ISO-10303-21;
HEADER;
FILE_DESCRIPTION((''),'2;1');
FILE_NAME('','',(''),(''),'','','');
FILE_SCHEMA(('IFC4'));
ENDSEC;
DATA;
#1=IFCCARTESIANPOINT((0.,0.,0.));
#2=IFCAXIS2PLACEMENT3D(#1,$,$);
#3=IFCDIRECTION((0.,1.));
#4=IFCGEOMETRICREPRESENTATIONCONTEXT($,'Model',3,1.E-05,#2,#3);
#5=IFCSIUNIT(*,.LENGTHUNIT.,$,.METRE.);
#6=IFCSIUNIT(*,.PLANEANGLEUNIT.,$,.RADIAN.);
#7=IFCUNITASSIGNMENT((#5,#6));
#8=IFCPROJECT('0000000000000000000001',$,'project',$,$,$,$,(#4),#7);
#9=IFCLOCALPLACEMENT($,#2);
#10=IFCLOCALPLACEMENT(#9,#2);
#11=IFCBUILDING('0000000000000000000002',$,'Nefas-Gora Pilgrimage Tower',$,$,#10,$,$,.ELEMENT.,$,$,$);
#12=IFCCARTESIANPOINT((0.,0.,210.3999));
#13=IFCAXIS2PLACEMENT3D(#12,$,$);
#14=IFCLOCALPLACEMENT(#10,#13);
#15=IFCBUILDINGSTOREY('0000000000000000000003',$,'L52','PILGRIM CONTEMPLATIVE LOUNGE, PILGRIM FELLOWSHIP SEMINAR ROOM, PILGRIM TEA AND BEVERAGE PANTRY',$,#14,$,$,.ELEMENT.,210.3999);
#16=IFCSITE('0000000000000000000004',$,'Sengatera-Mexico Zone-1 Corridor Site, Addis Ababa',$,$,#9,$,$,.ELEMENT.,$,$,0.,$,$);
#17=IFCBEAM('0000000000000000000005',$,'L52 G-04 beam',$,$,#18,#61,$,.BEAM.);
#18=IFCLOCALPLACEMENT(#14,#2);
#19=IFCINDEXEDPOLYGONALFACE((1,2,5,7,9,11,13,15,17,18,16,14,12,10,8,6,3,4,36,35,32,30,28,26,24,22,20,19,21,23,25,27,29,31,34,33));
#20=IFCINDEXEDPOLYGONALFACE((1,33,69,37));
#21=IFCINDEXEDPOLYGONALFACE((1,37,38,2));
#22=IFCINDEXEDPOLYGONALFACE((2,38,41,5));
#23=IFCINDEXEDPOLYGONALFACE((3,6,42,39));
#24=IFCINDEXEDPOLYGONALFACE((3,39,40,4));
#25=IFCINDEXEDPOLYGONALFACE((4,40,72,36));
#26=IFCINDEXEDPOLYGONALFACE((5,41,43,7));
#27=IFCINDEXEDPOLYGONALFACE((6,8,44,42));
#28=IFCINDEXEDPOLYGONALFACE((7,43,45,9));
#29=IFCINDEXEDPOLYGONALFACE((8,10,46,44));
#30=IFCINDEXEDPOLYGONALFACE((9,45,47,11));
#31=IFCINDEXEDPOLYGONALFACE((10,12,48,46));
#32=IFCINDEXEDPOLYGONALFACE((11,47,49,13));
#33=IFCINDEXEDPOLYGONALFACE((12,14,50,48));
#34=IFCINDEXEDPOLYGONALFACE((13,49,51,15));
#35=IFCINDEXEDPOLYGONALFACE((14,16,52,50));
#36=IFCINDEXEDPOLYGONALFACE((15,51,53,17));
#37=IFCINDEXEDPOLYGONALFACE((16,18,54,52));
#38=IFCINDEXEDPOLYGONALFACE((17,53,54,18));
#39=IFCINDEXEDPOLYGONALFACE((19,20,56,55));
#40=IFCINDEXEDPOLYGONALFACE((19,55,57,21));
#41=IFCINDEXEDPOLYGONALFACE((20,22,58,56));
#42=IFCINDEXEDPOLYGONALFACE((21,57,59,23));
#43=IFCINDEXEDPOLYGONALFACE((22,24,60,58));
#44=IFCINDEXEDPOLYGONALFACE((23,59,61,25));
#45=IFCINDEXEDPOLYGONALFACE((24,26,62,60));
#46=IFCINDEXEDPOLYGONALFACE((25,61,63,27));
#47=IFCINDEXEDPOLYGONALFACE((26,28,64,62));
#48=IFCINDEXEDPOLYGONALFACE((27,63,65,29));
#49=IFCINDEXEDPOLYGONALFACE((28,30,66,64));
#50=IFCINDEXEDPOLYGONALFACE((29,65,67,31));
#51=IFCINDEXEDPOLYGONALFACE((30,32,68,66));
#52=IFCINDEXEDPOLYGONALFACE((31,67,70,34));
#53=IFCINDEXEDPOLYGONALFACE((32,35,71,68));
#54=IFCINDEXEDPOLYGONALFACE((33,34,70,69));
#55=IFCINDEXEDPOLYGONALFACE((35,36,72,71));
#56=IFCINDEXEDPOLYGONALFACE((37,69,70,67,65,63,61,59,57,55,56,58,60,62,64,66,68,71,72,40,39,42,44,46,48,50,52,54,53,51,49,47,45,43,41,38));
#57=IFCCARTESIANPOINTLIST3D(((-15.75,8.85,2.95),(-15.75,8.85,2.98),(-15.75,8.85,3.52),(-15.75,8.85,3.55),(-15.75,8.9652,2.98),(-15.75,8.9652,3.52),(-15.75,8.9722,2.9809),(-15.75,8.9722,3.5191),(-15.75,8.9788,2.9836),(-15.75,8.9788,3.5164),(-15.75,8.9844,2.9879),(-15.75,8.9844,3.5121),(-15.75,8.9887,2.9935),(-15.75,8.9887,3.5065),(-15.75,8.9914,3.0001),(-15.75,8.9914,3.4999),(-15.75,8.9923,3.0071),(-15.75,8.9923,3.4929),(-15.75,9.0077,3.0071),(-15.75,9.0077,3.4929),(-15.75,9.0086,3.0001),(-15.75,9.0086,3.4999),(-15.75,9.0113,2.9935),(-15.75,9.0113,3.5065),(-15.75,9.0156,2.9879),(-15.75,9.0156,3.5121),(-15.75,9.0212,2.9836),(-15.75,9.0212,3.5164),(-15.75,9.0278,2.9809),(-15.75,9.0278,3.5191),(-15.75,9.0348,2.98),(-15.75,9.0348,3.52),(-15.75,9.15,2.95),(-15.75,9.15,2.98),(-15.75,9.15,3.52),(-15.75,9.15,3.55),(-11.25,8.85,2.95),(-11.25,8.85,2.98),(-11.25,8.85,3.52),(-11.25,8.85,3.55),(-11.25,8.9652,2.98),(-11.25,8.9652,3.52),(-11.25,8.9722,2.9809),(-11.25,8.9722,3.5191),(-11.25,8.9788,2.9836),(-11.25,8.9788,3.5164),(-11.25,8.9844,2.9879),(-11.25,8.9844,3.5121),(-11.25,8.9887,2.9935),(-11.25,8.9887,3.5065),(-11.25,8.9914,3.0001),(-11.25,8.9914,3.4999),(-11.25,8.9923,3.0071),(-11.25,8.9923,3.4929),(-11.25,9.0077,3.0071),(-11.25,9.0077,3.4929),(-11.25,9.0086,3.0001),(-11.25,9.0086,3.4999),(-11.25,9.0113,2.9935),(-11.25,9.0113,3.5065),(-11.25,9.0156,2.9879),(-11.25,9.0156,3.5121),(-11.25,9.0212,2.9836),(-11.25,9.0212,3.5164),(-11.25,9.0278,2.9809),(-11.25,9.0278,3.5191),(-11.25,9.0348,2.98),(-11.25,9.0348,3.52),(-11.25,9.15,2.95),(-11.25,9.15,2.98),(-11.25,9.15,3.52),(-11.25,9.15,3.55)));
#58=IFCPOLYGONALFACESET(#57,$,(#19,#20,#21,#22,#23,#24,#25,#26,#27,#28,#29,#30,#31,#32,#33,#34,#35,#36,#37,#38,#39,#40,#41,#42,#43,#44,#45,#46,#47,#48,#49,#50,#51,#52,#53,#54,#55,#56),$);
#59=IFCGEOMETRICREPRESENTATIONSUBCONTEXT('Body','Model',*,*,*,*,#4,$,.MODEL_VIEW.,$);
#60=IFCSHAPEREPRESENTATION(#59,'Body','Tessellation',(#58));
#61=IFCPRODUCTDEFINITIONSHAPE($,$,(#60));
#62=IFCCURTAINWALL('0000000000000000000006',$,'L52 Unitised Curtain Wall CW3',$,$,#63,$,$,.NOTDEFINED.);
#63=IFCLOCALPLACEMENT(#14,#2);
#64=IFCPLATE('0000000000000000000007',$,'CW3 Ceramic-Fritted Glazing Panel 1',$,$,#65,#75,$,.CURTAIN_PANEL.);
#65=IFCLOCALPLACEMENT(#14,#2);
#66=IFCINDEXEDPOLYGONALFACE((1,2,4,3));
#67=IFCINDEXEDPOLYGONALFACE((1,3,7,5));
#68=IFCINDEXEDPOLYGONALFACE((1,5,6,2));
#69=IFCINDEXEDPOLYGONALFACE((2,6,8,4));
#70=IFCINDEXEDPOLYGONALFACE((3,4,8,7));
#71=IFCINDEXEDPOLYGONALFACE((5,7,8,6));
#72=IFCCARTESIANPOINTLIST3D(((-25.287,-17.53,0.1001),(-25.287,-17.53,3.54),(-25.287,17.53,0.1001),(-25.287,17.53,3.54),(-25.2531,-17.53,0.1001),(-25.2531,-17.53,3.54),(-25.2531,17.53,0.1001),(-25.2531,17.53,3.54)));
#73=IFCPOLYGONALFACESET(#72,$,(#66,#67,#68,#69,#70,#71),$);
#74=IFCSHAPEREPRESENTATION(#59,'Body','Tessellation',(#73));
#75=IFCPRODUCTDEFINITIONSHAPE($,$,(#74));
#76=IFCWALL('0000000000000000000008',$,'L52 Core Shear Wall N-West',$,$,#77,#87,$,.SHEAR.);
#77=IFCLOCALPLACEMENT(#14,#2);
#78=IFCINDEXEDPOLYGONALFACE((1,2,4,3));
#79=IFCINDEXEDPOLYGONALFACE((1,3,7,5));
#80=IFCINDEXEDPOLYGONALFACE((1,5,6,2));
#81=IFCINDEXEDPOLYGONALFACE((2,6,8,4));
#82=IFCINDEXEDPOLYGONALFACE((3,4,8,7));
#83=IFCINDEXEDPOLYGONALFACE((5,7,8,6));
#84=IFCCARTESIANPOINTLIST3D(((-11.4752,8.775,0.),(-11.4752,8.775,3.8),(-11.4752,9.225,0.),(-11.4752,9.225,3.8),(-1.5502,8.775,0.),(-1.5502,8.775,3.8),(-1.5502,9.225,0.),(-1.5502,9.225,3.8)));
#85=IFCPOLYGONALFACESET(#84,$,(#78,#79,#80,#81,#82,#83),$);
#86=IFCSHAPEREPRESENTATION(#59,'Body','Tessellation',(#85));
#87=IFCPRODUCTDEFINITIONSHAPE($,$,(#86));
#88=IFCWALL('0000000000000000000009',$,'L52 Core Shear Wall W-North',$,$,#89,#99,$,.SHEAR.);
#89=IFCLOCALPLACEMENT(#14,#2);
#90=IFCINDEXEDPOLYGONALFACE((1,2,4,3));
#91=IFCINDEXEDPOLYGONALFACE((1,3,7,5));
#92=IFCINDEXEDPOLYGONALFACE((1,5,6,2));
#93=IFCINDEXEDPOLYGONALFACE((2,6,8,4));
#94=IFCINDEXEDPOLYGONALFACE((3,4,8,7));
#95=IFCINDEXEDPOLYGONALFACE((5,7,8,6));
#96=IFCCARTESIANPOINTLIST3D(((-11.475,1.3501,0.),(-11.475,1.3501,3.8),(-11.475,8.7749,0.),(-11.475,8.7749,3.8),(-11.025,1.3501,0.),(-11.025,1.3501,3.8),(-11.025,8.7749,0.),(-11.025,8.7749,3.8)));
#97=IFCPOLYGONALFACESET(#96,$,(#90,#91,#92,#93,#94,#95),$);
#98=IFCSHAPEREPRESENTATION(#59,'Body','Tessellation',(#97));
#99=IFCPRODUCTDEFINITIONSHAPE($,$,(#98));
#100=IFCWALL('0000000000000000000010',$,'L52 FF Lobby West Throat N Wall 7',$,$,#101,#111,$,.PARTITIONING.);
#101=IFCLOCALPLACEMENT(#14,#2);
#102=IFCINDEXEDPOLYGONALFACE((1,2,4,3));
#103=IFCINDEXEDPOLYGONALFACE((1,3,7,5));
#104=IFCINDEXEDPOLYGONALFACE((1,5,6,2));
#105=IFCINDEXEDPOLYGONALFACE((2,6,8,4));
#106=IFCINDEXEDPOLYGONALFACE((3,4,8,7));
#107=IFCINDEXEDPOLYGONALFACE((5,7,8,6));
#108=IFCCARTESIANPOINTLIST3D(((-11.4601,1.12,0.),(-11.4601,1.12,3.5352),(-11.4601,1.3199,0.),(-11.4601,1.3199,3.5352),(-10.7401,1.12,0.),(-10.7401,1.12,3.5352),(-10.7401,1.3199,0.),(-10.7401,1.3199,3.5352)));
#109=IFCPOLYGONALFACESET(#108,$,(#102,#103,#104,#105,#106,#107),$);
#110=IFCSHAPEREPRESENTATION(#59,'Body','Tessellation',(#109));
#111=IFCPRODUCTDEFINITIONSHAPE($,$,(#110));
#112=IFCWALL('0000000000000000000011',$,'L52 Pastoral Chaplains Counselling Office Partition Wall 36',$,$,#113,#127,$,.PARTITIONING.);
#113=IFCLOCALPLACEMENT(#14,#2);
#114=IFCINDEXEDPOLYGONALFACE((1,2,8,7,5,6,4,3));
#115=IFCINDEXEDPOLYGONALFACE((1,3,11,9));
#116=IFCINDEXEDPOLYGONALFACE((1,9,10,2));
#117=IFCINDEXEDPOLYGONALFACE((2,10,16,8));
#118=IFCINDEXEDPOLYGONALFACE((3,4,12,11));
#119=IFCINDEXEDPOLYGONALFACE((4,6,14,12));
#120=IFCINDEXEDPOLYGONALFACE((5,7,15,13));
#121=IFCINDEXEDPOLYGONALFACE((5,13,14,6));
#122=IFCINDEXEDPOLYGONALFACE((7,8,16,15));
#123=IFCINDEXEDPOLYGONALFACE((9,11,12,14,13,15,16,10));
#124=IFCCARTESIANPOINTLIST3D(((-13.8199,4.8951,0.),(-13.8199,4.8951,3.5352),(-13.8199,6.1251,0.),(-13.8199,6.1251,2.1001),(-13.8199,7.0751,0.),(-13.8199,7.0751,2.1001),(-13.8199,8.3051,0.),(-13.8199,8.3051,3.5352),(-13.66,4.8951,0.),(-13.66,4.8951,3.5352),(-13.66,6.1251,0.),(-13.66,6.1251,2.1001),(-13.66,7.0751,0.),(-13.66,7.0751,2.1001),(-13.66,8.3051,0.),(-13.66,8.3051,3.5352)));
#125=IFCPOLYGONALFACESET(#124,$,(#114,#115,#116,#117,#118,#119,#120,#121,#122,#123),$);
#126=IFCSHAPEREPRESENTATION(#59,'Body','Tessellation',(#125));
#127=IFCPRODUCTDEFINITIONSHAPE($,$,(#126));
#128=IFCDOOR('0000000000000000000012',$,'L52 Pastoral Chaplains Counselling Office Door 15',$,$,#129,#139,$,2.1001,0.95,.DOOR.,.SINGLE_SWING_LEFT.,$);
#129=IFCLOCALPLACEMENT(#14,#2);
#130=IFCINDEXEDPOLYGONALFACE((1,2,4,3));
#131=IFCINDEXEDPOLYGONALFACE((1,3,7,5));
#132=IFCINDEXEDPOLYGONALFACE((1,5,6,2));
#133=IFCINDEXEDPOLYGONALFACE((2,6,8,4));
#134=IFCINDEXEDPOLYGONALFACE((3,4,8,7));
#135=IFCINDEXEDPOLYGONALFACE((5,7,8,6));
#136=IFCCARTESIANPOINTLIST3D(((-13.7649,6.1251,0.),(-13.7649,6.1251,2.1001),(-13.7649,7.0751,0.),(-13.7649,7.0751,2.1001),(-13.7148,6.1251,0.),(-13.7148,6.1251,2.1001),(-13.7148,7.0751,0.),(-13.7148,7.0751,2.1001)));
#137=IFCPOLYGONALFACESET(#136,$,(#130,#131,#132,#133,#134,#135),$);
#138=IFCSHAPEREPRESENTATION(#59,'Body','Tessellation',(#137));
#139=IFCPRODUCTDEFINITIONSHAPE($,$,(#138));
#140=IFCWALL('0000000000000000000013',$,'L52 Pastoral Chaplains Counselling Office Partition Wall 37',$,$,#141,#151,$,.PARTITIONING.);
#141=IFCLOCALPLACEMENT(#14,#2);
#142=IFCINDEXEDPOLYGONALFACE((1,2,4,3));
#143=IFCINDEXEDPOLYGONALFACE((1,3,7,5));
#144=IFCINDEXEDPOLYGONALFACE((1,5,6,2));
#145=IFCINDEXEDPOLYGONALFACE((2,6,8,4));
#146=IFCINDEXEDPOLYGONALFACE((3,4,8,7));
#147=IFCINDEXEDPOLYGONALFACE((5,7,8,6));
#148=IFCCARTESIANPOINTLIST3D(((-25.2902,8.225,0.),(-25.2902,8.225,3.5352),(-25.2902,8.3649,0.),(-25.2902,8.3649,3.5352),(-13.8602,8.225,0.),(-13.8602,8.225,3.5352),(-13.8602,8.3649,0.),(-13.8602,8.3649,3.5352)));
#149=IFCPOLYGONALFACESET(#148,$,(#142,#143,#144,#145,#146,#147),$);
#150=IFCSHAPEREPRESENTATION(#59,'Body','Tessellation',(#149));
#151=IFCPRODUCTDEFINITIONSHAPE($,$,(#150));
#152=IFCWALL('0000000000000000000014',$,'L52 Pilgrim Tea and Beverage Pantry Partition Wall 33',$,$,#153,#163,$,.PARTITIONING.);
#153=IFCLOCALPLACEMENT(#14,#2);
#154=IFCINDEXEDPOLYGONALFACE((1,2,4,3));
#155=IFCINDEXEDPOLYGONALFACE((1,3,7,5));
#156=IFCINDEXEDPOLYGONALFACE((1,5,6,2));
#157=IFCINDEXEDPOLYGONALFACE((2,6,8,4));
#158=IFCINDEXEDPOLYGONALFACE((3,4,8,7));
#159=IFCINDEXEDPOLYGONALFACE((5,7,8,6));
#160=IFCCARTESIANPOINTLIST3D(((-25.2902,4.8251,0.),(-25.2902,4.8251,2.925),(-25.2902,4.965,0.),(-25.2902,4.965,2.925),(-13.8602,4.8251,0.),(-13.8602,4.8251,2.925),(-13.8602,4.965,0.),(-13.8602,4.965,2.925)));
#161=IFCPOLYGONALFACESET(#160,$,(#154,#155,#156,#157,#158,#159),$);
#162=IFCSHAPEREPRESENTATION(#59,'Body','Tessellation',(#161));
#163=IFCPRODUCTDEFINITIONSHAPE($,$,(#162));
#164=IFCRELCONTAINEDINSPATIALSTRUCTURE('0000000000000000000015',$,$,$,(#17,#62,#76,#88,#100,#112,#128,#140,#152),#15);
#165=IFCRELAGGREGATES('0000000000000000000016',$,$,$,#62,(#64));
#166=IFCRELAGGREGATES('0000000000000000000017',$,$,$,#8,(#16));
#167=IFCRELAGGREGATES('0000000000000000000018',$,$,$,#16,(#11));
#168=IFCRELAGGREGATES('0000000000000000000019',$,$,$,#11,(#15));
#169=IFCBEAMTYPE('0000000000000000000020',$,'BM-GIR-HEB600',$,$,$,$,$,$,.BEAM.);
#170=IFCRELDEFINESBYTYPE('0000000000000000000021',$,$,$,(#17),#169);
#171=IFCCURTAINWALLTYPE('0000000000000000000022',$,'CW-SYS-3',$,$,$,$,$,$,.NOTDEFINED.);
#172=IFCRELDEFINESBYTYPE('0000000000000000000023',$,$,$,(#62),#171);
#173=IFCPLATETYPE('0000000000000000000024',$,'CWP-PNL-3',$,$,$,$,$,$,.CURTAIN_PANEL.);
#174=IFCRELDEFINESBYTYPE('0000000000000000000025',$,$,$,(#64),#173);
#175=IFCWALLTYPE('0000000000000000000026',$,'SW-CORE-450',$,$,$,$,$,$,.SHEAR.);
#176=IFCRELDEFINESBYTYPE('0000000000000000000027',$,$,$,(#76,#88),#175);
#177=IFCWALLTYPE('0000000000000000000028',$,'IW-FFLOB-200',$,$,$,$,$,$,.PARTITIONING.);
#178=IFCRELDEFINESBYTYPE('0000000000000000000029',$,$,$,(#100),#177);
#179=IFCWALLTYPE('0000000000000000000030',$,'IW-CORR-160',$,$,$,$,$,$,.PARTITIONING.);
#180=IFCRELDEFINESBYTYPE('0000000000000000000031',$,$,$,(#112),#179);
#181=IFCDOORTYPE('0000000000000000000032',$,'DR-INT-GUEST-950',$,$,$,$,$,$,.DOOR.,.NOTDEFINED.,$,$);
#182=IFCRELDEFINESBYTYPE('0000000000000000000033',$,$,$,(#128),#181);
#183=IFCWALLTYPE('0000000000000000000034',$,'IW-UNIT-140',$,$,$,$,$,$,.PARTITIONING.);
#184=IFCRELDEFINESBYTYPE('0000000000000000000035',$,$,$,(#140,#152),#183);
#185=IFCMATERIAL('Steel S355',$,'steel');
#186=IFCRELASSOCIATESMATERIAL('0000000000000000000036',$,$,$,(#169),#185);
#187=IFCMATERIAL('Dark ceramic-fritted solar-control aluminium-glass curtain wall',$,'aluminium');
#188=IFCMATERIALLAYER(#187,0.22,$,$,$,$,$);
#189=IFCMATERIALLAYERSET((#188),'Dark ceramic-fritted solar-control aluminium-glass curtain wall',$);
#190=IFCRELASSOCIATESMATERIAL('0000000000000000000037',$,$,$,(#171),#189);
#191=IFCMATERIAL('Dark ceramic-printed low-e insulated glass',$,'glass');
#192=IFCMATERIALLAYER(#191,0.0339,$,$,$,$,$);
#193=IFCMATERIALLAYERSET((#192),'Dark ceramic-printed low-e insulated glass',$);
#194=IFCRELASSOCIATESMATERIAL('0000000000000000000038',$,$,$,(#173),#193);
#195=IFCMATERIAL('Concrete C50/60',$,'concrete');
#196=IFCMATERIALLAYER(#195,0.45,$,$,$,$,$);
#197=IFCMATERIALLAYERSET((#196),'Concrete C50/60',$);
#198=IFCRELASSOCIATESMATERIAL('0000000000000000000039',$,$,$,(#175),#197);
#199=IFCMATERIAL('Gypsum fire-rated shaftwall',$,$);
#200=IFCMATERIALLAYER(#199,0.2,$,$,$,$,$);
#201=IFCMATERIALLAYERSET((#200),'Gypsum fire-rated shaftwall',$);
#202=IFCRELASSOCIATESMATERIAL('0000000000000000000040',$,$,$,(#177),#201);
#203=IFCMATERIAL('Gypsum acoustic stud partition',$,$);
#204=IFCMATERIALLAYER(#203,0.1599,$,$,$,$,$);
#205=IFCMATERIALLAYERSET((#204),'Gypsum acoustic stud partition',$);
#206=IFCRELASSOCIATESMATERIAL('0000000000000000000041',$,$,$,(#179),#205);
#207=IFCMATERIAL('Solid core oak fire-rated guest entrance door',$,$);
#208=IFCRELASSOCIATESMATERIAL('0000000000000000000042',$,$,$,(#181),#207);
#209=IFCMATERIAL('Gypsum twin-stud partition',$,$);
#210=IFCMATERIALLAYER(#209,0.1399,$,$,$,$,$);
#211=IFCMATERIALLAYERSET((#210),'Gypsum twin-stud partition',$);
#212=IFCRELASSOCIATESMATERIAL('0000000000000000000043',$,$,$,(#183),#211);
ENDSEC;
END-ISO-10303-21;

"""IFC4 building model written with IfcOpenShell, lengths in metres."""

from ifc_helpers import new_model, si_unit, direction, frame, frame_2d, origin, origin_2d, place, context, subcontext, project, spatial, rectangle, i_section, extrude, source, transform, mapped, material, layer, layer_set, material_profile, profile_set, type_object, element, fill, aggregate, save


model = new_model("IFC4")

# Units and contexts
model_context = context("Model", 3, precision=1e-05, world=origin(), true_north=direction((0.0, 1.0)))
body_context = subcontext(model_context, "Body", "Model", "MODEL_VIEW")
ifc_project = project(units=[si_unit("LENGTHUNIT", "METRE"), si_unit("PLANEANGLEUNIT", "RADIAN")], contexts=[model_context])

# Site, building, storey
site_placement = place(None, origin())
site = spatial("IfcSite", under=ifc_project, at=site_placement, Name="Sengatera-Mexico Zone-1 Corridor Site, Addis Ababa", CompositionType="ELEMENT", RefElevation=0.0)
building_placement = place(site_placement, origin())
building = spatial("IfcBuilding", under=site, at=building_placement, Name="Nefas-Gora Pilgrimage Tower", CompositionType="ELEMENT")
storey_placement = place(building_placement, frame((0.0, 0.0, 210.3999)))
storey = spatial("IfcBuildingStorey", under=building, at=storey_placement, Name="L52", Description="PILGRIM CONTEMPLATIVE LOUNGE, PILGRIM FELLOWSHIP SEMINAR ROOM, PILGRIM TEA AND BEVERAGE PANTRY", CompositionType="ELEMENT", Elevation=210.3999)

# Beam
ifc_material_1 = material(Name="Steel S355", Category="steel")
ifc_material_profile_1 = material_profile(ifc_material_1, i_section(OverallWidth=0.3, OverallDepth=0.6001, WebThickness=0.0154, FlangeThickness=0.03, FilletRadius=0.0271, at=origin_2d()), Name="HEB 600")
ifc_profile_set_1 = profile_set([ifc_material_profile_1], Name="Steel S355")
beam_type_1 = type_object("IfcBeamType", Name="BM-GIR-HEB600", PredefinedType="BEAM", material=ifc_profile_set_1)
shared_shape_1 = source(origin(), body_context, "Body", "SweptSolid", [
    extrude(i_section(OverallWidth=0.3, OverallDepth=0.6001, WebThickness=0.0154, FlangeThickness=0.03, FilletRadius=0.0271, at=origin_2d()), origin(), (0.0, 0.0, 1.0), 4.5),
])
for number, where, z_axis, x_axis, name in (
    (1, (-15.75, 9.0, 3.25), (1.0, 0.0, 0.0), (0.0, 1.0, 0.0), "L52 G-04 beam"),
):
    element("IfcBeam", number, at=place(storey_placement, frame(where, z_axis=z_axis, x_axis=x_axis)), inside=storey, type_object=beam_type_1, Name=name, PredefinedType="BEAM", context=body_context, shape_type="MappedRepresentation", body=[
        mapped(shared_shape_1, transform((0.0, 0.0, 0.0), x_axis=(1.0, 0.0, 0.0), y_axis=(0.0, 1.0, 0.0), z_axis=(0.0, 0.0, 1.0), scale=1.0)),
    ])

# Curtain wall, plate
ifc_material_2 = material(Name="Dark ceramic-fritted solar-control aluminium-glass curtain wall", Category="aluminium")
ifc_layer_1 = layer(ifc_material_2, 0.22)
ifc_layer_set_1 = layer_set([ifc_layer_1], Name="Dark ceramic-fritted solar-control aluminium-glass curtain wall")
curtain_wall_type = type_object("IfcCurtainWallType", Name="CW-SYS-3", PredefinedType="NOTDEFINED", material=ifc_layer_set_1)
curtain_wall_placement = place(storey_placement, origin())
curtain_wall = element("IfcCurtainWall", 2, at=curtain_wall_placement, inside=storey, type_object=curtain_wall_type, Name="L52 Unitised Curtain Wall CW3", PredefinedType="NOTDEFINED")
ifc_material_3 = material(Name="Dark ceramic-printed low-e insulated glass", Category="glass")
ifc_layer_2 = layer(ifc_material_3, 0.0339)
ifc_layer_set_2 = layer_set([ifc_layer_2], Name="Dark ceramic-printed low-e insulated glass")
plate_type = type_object("IfcPlateType", Name="CWP-PNL-3", PredefinedType="CURTAIN_PANEL", material=ifc_layer_set_2)
shared_shape_2 = source(origin(), body_context, "Body", "SweptSolid", [
    extrude(rectangle(XDim=35.0601, YDim=0.0339, at=origin_2d()), origin(), (0.0, 0.0, 1.0), 3.4399),
])
plate_placement = place(storey_placement, frame((-25.27, 0.0, 0.1001), z_axis=(0.0, 0.0, 1.0), x_axis=(0.0, -1.0, 0.0)))
plate = element("IfcPlate", 3, at=plate_placement, type_object=plate_type, Name="CW3 Ceramic-Fritted Glazing Panel 1", PredefinedType="CURTAIN_PANEL", context=body_context, shape_type="MappedRepresentation", body=[
    mapped(shared_shape_2, transform((0.0, 0.0, 0.0), x_axis=(1.0, 0.0, 0.0), y_axis=(0.0, 1.0, 0.0), z_axis=(0.0, 0.0, 1.0), scale=1.0)),
])
aggregate(curtain_wall, [plate])

# Walls
ifc_material_4 = material(Name="Concrete C50/60", Category="concrete")
ifc_layer_3 = layer(ifc_material_4, 0.45)
ifc_layer_set_3 = layer_set([ifc_layer_3], Name="Concrete C50/60")
wall_type_1 = type_object("IfcWallType", Name="SW-CORE-450", PredefinedType="SHEAR", material=ifc_layer_set_3)
shared_shape_3 = source(origin(), body_context, "Body", "SweptSolid", [
    extrude(rectangle(XDim=9.925, YDim=0.45, at=frame_2d((4.9624, 0.0))), origin(), (0.0, 0.0, 1.0), 3.8),
])
wall_1_placement = place(storey_placement, frame((-11.4751, 9.0, 0.0), z_axis=(0.0, 0.0, 1.0), x_axis=(1.0, 0.0, 0.0)))
element("IfcWall", 4, at=wall_1_placement, inside=storey, type_object=wall_type_1, Name="L52 Core Shear Wall N-West", PredefinedType="SHEAR", context=body_context, shape_type="MappedRepresentation", body=[
    mapped(shared_shape_3, transform((0.0, 0.0, 0.0), x_axis=(1.0, 0.0, 0.0), y_axis=(0.0, 1.0, 0.0), z_axis=(0.0, 0.0, 1.0), scale=1.0)),
])
shared_shape_4 = source(origin(), body_context, "Body", "SweptSolid", [
    extrude(rectangle(XDim=7.4248, YDim=0.45, at=frame_2d((3.7124, 0.0))), origin(), (0.0, 0.0, 1.0), 3.8),
])
wall_2_placement = place(storey_placement, frame((-11.25, 1.3501, 0.0), z_axis=(0.0, 0.0, 1.0), x_axis=(0.0, 1.0, 0.0)))
element("IfcWall", 5, at=wall_2_placement, inside=storey, type_object=wall_type_1, Name="L52 Core Shear Wall W-North", PredefinedType="SHEAR", context=body_context, shape_type="MappedRepresentation", body=[
    mapped(shared_shape_4, transform((0.0, 0.0, 0.0), x_axis=(1.0, 0.0, 0.0), y_axis=(0.0, 1.0, 0.0), z_axis=(0.0, 0.0, 1.0), scale=1.0)),
])
ifc_material_5 = material(Name="Gypsum fire-rated shaftwall")
ifc_layer_4 = layer(ifc_material_5, 0.2)
ifc_layer_set_4 = layer_set([ifc_layer_4], Name="Gypsum fire-rated shaftwall")
wall_type_2 = type_object("IfcWallType", Name="IW-FFLOB-200", PredefinedType="PARTITIONING", material=ifc_layer_set_4)
shared_shape_5 = source(origin(), body_context, "Body", "SweptSolid", [
    extrude(rectangle(XDim=0.72, YDim=0.2, at=frame_2d((0.3599, 0.0))), origin(), (0.0, 0.0, 1.0), 3.5352),
])
wall_3_placement = place(storey_placement, frame((-11.46, 1.22, 0.0), z_axis=(0.0, 0.0, 1.0), x_axis=(1.0, 0.0, 0.0)))
element("IfcWall", 6, at=wall_3_placement, inside=storey, type_object=wall_type_2, Name="L52 FF Lobby West Throat N Wall 7", PredefinedType="PARTITIONING", context=body_context, shape_type="MappedRepresentation", body=[
    mapped(shared_shape_5, transform((0.0, 0.0, 0.0), x_axis=(1.0, 0.0, 0.0), y_axis=(0.0, 1.0, 0.0), z_axis=(0.0, 0.0, 1.0), scale=1.0)),
])

# Wall, opening, door
ifc_material_6 = material(Name="Gypsum acoustic stud partition")
ifc_layer_5 = layer(ifc_material_6, 0.1599)
ifc_layer_set_5 = layer_set([ifc_layer_5], Name="Gypsum acoustic stud partition")
wall_type_3 = type_object("IfcWallType", Name="IW-CORR-160", PredefinedType="PARTITIONING", material=ifc_layer_set_5)
shared_shape_6 = source(origin(), body_context, "Body", "SweptSolid", [
    extrude(rectangle(XDim=3.4099, YDim=0.1599, at=frame_2d((1.7051, 0.0))), origin(), (0.0, 0.0, 1.0), 3.5352),
])
wall_4_placement = place(storey_placement, frame((-13.74, 4.895, 0.0), z_axis=(0.0, 0.0, 1.0), x_axis=(0.0, 1.0, 0.0)))
wall_4 = element("IfcWall", 7, at=wall_4_placement, inside=storey, type_object=wall_type_3, Name="L52 Pastoral Chaplains Counselling Office Partition Wall 36", PredefinedType="PARTITIONING", context=body_context, shape_type="MappedRepresentation", body=[
    mapped(shared_shape_6, transform((0.0, 0.0, 0.0), x_axis=(1.0, 0.0, 0.0), y_axis=(0.0, 1.0, 0.0), z_axis=(0.0, 0.0, 1.0), scale=1.0)),
])
opening_1_placement = place(wall_4_placement, frame((1.23, 0.0, 0.0)))
opening_1 = element("IfcOpeningElement", 8, at=opening_1_placement, cuts=wall_4, PredefinedType="OPENING", context=body_context, shape_type="SweptSolid", body=[
    extrude(rectangle(XDim=0.95, YDim=2.1001, at=frame_2d((0.4751, 1.05))), frame((0.0, 0.0898, 0.0), z_axis=(0.0, -1.0, 0.0), x_axis=(1.0, 0.0, 0.0)), (0.0, 0.0, 1.0), 0.1799),
])
ifc_material_7 = material(Name="Solid core oak fire-rated guest entrance door")
door_type = type_object("IfcDoorType", Name="DR-INT-GUEST-950", OperationType="NOTDEFINED", PredefinedType="DOOR", material=ifc_material_7)
shared_shape_7 = source(origin(), body_context, "Body", "SweptSolid", [
    extrude(rectangle(XDim=0.95, YDim=2.1001, at=frame_2d((0.4751, 1.05))), frame((0.0, 0.0249, 0.0), z_axis=(0.0, -1.0, 0.0), x_axis=(1.0, 0.0, 0.0)), (0.0, 0.0, 1.0), 0.05),
])
door_1_placement = place(opening_1_placement, origin())
door_1 = element("IfcDoor", 9, at=door_1_placement, inside=storey, type_object=door_type, Name="L52 Pastoral Chaplains Counselling Office Door 15", OperationType="SINGLE_SWING_LEFT", OverallHeight=2.1001, OverallWidth=0.95, PredefinedType="DOOR", context=body_context, shape_type="MappedRepresentation", body=[
    mapped(shared_shape_7, transform((0.0, 0.0, 0.0), x_axis=(1.0, 0.0, 0.0), y_axis=(0.0, 1.0, 0.0), z_axis=(0.0, 0.0, 1.0), scale=1.0)),
])
fill(opening_1, door_1)

# Walls
ifc_material_8 = material(Name="Gypsum twin-stud partition")
ifc_layer_6 = layer(ifc_material_8, 0.1399)
ifc_layer_set_6 = layer_set([ifc_layer_6], Name="Gypsum twin-stud partition")
wall_type_4 = type_object("IfcWallType", Name="IW-UNIT-140", PredefinedType="PARTITIONING", material=ifc_layer_set_6)
shared_shape_8 = source(origin(), body_context, "Body", "SweptSolid", [
    extrude(rectangle(XDim=11.4299, YDim=0.1399, at=frame_2d((5.7148, 0.0))), origin(), (0.0, 0.0, 1.0), 3.5352),
])
wall_5_placement = place(storey_placement, frame((-25.29, 8.2949, 0.0), z_axis=(0.0, 0.0, 1.0), x_axis=(1.0, 0.0, 0.0)))
element("IfcWall", 10, at=wall_5_placement, inside=storey, type_object=wall_type_4, Name="L52 Pastoral Chaplains Counselling Office Partition Wall 37", PredefinedType="PARTITIONING", context=body_context, shape_type="MappedRepresentation", body=[
    mapped(shared_shape_8, transform((0.0, 0.0, 0.0), x_axis=(1.0, 0.0, 0.0), y_axis=(0.0, 1.0, 0.0), z_axis=(0.0, 0.0, 1.0), scale=1.0)),
])
shared_shape_9 = source(origin(), body_context, "Body", "SweptSolid", [
    extrude(rectangle(XDim=11.4299, YDim=0.1399, at=frame_2d((5.7148, 0.0))), origin(), (0.0, 0.0, 1.0), 2.925),
])
wall_6_placement = place(storey_placement, frame((-25.29, 4.895, 0.0), z_axis=(0.0, 0.0, 1.0), x_axis=(1.0, 0.0, 0.0)))
element("IfcWall", 11, at=wall_6_placement, inside=storey, type_object=wall_type_4, Name="L52 Pilgrim Tea and Beverage Pantry Partition Wall 33", PredefinedType="PARTITIONING", context=body_context, shape_type="MappedRepresentation", body=[
    mapped(shared_shape_9, transform((0.0, 0.0, 0.0), x_axis=(1.0, 0.0, 0.0), y_axis=(0.0, 1.0, 0.0), z_axis=(0.0, 0.0, 1.0), scale=1.0)),
])

save(model, "model.ifc")
